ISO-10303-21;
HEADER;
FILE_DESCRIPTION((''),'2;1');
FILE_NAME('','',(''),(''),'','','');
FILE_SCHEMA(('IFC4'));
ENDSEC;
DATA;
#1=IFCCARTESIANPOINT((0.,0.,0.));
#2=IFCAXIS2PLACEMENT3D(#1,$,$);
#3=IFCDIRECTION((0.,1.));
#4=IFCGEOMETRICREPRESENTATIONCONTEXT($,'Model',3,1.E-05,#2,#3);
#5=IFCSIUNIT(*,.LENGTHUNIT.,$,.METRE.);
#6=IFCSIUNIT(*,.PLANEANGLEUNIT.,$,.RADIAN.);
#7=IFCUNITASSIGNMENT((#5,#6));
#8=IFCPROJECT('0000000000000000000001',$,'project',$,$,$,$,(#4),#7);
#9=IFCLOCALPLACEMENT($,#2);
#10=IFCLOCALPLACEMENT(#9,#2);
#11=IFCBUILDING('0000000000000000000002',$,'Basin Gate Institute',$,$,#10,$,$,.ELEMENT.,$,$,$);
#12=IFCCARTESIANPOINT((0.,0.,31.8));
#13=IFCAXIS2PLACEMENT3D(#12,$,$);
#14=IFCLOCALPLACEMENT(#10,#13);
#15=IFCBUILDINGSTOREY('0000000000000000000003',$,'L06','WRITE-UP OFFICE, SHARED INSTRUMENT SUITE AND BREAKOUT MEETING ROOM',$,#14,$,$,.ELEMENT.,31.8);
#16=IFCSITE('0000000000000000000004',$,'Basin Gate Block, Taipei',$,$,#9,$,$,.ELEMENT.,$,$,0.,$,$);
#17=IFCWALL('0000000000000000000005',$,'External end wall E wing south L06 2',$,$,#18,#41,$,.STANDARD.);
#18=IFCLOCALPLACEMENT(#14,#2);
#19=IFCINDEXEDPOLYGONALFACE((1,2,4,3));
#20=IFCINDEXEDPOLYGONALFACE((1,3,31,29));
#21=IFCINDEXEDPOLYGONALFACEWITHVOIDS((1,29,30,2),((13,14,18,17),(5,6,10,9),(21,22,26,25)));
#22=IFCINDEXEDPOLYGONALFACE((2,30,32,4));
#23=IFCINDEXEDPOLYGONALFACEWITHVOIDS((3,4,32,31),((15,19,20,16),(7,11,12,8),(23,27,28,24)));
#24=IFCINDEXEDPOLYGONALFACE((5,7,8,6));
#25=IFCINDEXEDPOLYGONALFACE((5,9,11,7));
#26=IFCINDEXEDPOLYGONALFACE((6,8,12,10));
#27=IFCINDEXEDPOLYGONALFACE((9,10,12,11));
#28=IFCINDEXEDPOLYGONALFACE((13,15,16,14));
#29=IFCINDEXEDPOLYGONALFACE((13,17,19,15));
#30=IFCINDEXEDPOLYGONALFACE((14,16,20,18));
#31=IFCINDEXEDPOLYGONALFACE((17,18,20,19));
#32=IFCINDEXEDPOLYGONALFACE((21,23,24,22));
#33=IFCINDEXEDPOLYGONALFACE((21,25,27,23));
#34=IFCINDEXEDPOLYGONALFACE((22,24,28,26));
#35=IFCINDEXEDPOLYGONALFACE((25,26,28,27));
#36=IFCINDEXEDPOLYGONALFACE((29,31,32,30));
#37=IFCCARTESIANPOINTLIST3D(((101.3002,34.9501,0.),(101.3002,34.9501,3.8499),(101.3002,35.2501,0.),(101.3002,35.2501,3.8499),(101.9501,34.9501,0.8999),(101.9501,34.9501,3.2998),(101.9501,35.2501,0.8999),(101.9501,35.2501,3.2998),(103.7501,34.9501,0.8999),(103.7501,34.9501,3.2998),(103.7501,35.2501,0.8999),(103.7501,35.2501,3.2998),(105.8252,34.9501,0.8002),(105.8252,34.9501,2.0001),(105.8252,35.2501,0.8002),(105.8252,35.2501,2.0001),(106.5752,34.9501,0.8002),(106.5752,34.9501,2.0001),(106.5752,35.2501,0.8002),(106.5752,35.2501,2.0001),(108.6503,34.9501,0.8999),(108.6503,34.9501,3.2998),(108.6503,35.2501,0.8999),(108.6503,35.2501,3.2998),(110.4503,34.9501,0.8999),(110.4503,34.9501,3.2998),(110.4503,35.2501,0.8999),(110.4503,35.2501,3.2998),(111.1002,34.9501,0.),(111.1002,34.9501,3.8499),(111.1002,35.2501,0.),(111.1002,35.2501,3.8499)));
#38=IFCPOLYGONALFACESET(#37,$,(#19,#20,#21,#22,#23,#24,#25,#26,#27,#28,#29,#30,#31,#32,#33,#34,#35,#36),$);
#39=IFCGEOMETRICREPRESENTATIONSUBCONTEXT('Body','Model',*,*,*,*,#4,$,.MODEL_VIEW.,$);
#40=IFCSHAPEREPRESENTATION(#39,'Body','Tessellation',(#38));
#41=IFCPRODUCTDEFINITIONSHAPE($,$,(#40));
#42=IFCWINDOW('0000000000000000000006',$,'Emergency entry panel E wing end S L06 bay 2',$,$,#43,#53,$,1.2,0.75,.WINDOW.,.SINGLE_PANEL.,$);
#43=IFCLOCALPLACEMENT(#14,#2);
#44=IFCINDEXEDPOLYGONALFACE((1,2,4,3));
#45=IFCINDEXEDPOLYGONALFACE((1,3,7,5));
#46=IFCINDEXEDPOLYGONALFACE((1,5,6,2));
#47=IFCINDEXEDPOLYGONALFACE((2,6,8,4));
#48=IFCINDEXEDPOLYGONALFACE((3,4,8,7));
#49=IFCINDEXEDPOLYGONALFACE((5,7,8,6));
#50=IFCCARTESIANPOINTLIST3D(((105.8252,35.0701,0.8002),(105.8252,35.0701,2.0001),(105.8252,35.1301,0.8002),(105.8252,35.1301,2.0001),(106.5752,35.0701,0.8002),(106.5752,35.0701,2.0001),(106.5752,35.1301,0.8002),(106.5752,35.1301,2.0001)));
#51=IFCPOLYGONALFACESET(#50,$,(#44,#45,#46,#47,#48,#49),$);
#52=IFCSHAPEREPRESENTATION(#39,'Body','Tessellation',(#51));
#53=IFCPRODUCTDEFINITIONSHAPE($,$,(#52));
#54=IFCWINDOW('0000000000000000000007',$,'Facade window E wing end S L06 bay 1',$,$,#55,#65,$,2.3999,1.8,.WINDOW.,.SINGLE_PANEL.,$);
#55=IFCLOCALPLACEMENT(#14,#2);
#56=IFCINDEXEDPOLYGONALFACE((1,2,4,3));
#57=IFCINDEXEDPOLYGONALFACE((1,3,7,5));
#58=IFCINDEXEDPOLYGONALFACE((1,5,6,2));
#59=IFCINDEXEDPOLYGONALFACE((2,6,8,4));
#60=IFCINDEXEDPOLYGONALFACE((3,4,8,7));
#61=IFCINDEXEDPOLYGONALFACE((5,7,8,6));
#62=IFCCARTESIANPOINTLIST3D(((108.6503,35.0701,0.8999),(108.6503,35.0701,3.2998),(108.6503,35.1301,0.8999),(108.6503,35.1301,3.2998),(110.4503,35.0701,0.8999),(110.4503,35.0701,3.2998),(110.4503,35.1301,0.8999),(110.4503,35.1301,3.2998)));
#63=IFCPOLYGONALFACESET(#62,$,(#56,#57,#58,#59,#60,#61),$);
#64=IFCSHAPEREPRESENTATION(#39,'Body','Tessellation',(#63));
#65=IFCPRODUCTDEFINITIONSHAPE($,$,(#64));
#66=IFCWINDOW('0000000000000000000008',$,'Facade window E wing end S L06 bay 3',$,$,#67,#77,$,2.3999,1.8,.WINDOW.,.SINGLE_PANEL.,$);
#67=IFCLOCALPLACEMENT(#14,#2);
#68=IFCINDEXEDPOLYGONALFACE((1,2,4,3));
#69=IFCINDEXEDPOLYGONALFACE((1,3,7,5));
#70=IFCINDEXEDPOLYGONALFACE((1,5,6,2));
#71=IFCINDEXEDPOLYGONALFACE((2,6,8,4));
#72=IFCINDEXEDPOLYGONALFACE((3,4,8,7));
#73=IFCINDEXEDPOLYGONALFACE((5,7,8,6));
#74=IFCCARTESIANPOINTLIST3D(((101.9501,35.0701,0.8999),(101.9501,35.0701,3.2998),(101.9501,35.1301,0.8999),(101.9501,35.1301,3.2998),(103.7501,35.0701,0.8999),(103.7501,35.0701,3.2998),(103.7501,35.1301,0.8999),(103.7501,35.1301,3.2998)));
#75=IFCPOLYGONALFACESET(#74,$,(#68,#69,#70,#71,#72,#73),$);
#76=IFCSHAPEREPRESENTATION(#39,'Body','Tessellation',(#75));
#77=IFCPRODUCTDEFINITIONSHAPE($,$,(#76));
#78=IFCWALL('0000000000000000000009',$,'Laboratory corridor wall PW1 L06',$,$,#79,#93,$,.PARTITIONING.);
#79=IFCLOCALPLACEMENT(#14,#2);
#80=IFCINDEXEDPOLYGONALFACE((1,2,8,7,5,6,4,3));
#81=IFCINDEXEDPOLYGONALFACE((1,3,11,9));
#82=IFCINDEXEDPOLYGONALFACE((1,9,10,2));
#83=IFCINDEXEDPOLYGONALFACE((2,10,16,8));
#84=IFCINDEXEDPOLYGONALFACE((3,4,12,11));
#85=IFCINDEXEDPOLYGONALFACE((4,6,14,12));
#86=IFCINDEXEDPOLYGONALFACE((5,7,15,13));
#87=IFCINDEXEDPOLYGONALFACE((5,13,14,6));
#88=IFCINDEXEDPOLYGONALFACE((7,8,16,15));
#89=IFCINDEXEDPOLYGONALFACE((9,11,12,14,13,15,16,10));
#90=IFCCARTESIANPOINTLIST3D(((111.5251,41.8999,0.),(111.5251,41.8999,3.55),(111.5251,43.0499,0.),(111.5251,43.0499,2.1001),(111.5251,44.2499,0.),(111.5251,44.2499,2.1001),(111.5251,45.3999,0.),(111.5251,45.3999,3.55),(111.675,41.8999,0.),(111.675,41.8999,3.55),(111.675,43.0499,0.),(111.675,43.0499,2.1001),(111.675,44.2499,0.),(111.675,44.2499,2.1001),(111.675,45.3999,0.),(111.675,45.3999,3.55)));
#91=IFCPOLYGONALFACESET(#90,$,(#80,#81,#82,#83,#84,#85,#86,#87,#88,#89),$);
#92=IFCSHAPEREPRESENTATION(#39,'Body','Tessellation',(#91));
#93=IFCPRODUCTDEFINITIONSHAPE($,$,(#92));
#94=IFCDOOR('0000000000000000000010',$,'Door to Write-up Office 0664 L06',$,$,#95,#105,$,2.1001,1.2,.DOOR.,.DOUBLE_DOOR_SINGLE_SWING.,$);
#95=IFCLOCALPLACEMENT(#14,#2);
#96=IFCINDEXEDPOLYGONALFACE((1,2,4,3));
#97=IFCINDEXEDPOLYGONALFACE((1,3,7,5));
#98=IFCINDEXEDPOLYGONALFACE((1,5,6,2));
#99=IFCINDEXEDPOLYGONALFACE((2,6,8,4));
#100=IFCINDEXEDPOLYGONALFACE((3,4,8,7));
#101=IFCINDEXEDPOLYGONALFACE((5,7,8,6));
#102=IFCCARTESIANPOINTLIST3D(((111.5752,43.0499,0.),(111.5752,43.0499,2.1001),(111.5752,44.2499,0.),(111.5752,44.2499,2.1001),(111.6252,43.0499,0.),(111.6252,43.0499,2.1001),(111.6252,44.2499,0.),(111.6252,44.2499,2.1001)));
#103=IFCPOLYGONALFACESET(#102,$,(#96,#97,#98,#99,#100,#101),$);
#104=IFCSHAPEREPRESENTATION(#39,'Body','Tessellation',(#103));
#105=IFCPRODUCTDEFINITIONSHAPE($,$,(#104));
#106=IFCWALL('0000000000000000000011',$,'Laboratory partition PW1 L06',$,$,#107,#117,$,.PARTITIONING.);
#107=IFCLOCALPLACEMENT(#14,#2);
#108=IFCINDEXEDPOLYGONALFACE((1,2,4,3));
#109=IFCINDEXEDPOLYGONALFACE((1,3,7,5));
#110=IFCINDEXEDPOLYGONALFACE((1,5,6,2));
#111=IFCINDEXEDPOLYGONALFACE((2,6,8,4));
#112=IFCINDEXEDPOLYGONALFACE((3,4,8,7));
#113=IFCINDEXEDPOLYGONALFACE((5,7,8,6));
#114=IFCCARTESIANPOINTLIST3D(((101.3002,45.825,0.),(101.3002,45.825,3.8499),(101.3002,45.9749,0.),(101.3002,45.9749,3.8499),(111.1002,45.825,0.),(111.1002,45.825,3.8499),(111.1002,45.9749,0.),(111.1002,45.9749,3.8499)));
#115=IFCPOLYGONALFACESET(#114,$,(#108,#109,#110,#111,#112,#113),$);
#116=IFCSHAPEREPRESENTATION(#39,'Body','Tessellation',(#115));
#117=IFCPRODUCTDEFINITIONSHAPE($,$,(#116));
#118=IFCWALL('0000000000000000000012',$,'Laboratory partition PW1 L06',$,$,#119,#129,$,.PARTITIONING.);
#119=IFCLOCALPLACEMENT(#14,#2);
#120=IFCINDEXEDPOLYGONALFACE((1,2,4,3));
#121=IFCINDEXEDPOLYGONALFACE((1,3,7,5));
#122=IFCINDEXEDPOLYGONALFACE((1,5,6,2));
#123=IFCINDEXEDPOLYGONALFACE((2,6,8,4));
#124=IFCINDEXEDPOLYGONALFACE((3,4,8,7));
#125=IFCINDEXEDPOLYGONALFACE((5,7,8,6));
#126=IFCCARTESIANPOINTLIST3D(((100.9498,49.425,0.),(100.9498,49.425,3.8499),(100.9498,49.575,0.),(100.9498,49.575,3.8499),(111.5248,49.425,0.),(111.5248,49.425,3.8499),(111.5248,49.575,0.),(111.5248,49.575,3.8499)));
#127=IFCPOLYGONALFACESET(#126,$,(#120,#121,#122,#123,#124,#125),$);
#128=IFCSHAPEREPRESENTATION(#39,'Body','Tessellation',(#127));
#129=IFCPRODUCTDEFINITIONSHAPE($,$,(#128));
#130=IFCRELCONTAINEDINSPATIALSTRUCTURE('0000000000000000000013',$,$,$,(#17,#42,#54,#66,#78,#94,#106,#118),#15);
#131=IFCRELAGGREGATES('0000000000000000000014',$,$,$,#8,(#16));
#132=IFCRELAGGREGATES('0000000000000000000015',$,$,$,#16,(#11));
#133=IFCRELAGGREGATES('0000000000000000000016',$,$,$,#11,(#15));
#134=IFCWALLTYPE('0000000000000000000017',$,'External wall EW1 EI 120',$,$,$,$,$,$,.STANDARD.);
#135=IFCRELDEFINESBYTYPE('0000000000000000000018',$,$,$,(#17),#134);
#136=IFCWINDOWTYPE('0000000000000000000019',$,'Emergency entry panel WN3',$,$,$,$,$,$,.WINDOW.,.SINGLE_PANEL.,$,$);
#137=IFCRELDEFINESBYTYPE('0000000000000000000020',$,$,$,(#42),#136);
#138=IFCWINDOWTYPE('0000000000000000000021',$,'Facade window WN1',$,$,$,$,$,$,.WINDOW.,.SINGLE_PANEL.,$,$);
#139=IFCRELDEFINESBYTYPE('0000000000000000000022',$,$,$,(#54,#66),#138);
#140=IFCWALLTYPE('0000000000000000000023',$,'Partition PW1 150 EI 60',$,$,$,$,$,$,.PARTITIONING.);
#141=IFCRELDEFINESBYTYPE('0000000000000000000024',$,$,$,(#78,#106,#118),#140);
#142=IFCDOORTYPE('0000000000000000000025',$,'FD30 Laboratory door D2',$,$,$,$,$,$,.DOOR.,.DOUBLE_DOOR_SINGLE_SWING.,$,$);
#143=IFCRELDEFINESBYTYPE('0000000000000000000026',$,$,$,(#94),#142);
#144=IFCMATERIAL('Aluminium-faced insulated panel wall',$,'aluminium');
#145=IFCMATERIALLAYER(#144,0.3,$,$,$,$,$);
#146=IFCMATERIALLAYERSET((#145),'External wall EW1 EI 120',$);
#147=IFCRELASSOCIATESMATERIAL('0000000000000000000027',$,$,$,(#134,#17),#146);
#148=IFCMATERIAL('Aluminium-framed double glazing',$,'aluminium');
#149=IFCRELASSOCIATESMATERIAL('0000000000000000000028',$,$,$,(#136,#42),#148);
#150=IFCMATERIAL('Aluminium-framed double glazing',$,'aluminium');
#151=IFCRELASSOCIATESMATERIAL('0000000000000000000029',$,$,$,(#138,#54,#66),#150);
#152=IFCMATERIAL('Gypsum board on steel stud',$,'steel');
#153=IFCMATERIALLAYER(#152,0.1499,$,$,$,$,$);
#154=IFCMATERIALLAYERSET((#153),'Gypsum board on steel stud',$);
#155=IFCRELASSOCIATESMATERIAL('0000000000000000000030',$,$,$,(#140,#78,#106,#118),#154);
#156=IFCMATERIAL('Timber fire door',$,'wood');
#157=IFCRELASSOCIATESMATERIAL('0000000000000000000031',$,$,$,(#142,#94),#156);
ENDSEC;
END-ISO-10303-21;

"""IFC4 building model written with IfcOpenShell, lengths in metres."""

from ifc_helpers import new_model, si_unit, direction, frame, frame_2d, origin, place, context, subcontext, project, spatial, rectangle, extrude, material, layer, layer_set, type_object, element, fill, save


model = new_model("IFC4")

# Units and contexts
model_context = context("Model", 3, precision=1e-05, world=origin(), true_north=direction((0.0, 1.0)))
body_context = subcontext(model_context, "Body", "Model", "MODEL_VIEW")
ifc_project = project(units=[si_unit("LENGTHUNIT", "METRE"), si_unit("PLANEANGLEUNIT", "RADIAN")], contexts=[model_context])

# Site, building, storey
site_placement = place(None, origin())
site = spatial("IfcSite", under=ifc_project, at=site_placement, Name="Basin Gate Block, Taipei", CompositionType="ELEMENT", RefElevation=0.0)
building_placement = place(site_placement, origin())
building = spatial("IfcBuilding", under=site, at=building_placement, Name="Basin Gate Institute", CompositionType="ELEMENT")
storey_placement = place(building_placement, frame((0.0, 0.0, 31.8)))
storey = spatial("IfcBuildingStorey", under=building, at=storey_placement, Name="L06", Description="WRITE-UP OFFICE, SHARED INSTRUMENT SUITE AND BREAKOUT MEETING ROOM", CompositionType="ELEMENT", Elevation=31.8)

# Wall, openings, windows
ifc_material_1 = material(Name="Aluminium-faced insulated panel wall", Category="aluminium")
ifc_layer_1 = layer(ifc_material_1, 0.3)
ifc_layer_set_1 = layer_set([ifc_layer_1], Name="External wall EW1 EI 120")
wall_type_1 = type_object("IfcWallType", Name="External wall EW1 EI 120", PredefinedType="STANDARD", material=ifc_layer_set_1)
wall_1_placement = place(storey_placement, frame((111.1001, 35.1001, 0.0), z_axis=(0.0, 0.0, 1.0), x_axis=(-1.0, 0.0, 0.0)))
wall_1 = element("IfcWall", 1, at=wall_1_placement, inside=storey, type_object=wall_type_1, material=ifc_layer_set_1, Name="External end wall E wing south L06 2", PredefinedType="STANDARD", context=body_context, shape_type="SweptSolid", body=[
    extrude(rectangle(XDim=9.8, YDim=0.3, at=frame_2d((4.8999, 0.0))), origin(), (0.0, 0.0, 1.0), 3.8499),
])
opening_1_placement = place(wall_1_placement, frame((0.6499, 0.0, 0.8999)))
opening_1 = element("IfcOpeningElement", 2, at=opening_1_placement, cuts=wall_1, PredefinedType="OPENING", context=body_context, shape_type="SweptSolid", body=[
    extrude(rectangle(XDim=1.8, YDim=2.3999, at=frame_2d((0.8999, 1.2))), frame((0.0, 0.1602, 0.0), z_axis=(0.0, -1.0, 0.0), x_axis=(1.0, 0.0, 0.0)), (0.0, 0.0, 1.0), 0.3201),
])
opening_2_placement = place(wall_1_placement, frame((4.5249, 0.0, 0.8)))
opening_2 = element("IfcOpeningElement", 3, at=opening_2_placement, cuts=wall_1, PredefinedType="OPENING", context=body_context, shape_type="SweptSolid", body=[
    extrude(rectangle(XDim=0.75, YDim=1.2, at=frame_2d((0.375, 0.6001))), frame((0.0, 0.1602, 0.0), z_axis=(0.0, -1.0, 0.0), x_axis=(1.0, 0.0, 0.0)), (0.0, 0.0, 1.0), 0.3201),
])
opening_3_placement = place(wall_1_placement, frame((7.3501, 0.0, 0.8999)))
opening_3 = element("IfcOpeningElement", 4, at=opening_3_placement, cuts=wall_1, PredefinedType="OPENING", context=body_context, shape_type="SweptSolid", body=[
    extrude(rectangle(XDim=1.8, YDim=2.3999, at=frame_2d((0.8999, 1.2))), frame((0.0, 0.1602, 0.0), z_axis=(0.0, -1.0, 0.0), x_axis=(1.0, 0.0, 0.0)), (0.0, 0.0, 1.0), 0.3201),
])
ifc_material_2 = material(Name="Aluminium-framed double glazing", Category="aluminium")
window_type_1 = type_object("IfcWindowType", Name="Emergency entry panel WN3", PartitioningType="SINGLE_PANEL", PredefinedType="WINDOW", material=ifc_material_2)
window_1_placement = place(opening_2_placement, origin())
window_1 = element("IfcWindow", 5, at=window_1_placement, inside=storey, type_object=window_type_1, material=ifc_material_2, Name="Emergency entry panel E wing end S L06 bay 2", OverallHeight=1.2, OverallWidth=0.75, PartitioningType="SINGLE_PANEL", PredefinedType="WINDOW", context=body_context, shape_type="SweptSolid", body=[
    extrude(rectangle(XDim=0.75, YDim=1.2, at=frame_2d((0.375, 0.6001))), frame((0.0, 0.03, 0.0), z_axis=(0.0, -1.0, 0.0), x_axis=(1.0, 0.0, 0.0)), (0.0, 0.0, 1.0), 0.0601),
])
fill(opening_2, window_1)
ifc_material_3 = material(Name="Aluminium-framed double glazing", Category="aluminium")
window_type_2 = type_object("IfcWindowType", Name="Facade window WN1", PartitioningType="SINGLE_PANEL", PredefinedType="WINDOW", material=ifc_material_3)
window_2_placement = place(opening_1_placement, origin())
window_2 = element("IfcWindow", 6, at=window_2_placement, inside=storey, type_object=window_type_2, material=ifc_material_3, Name="Facade window E wing end S L06 bay 1", OverallHeight=2.3999, OverallWidth=1.8, PartitioningType="SINGLE_PANEL", PredefinedType="WINDOW", context=body_context, shape_type="SweptSolid", body=[
    extrude(rectangle(XDim=1.8, YDim=2.3999, at=frame_2d((0.8999, 1.2))), frame((0.0, 0.03, 0.0), z_axis=(0.0, -1.0, 0.0), x_axis=(1.0, 0.0, 0.0)), (0.0, 0.0, 1.0), 0.0601),
])
fill(opening_1, window_2)
window_3_placement = place(opening_3_placement, origin())
window_3 = element("IfcWindow", 7, at=window_3_placement, inside=storey, type_object=window_type_2, material=ifc_material_3, Name="Facade window E wing end S L06 bay 3", OverallHeight=2.3999, OverallWidth=1.8, PartitioningType="SINGLE_PANEL", PredefinedType="WINDOW", context=body_context, shape_type="SweptSolid", body=[
    extrude(rectangle(XDim=1.8, YDim=2.3999, at=frame_2d((0.8999, 1.2))), frame((0.0, 0.03, 0.0), z_axis=(0.0, -1.0, 0.0), x_axis=(1.0, 0.0, 0.0)), (0.0, 0.0, 1.0), 0.0601),
])
fill(opening_3, window_3)

# Wall, opening, door
ifc_material_4 = material(Name="Gypsum board on steel stud", Category="steel")
ifc_layer_2 = layer(ifc_material_4, 0.1499)
ifc_layer_set_2 = layer_set([ifc_layer_2], Name="Gypsum board on steel stud")
wall_type_2 = type_object("IfcWallType", Name="Partition PW1 150 EI 60", PredefinedType="PARTITIONING", material=ifc_layer_set_2)
wall_2_placement = place(storey_placement, frame((111.6001, 41.8999, 0.0), z_axis=(0.0, 0.0, 1.0), x_axis=(0.0, 1.0, 0.0)))
wall_2 = element("IfcWall", 8, at=wall_2_placement, inside=storey, type_object=wall_type_2, material=ifc_layer_set_2, Name="Laboratory corridor wall PW1 L06", PredefinedType="PARTITIONING", context=body_context, shape_type="SweptSolid", body=[
    extrude(rectangle(XDim=3.5, YDim=0.1499, at=frame_2d((1.75, 0.0))), origin(), (0.0, 0.0, 1.0), 3.55),
])
opening_4_placement = place(wall_2_placement, frame((1.1499, 0.0, 0.0)))
opening_4 = element("IfcOpeningElement", 9, at=opening_4_placement, cuts=wall_2, PredefinedType="OPENING", context=body_context, shape_type="SweptSolid", body=[
    extrude(rectangle(XDim=1.2, YDim=2.1001, at=frame_2d((0.6001, 1.05))), frame((0.0, 0.085, 0.0), z_axis=(0.0, -1.0, 0.0), x_axis=(1.0, 0.0, 0.0)), (0.0, 0.0, 1.0), 0.1699),
])
ifc_material_5 = material(Name="Timber fire door", Category="wood")
door_type = type_object("IfcDoorType", Name="FD30 Laboratory door D2", OperationType="DOUBLE_DOOR_SINGLE_SWING", PredefinedType="DOOR", material=ifc_material_5)
door_placement = place(opening_4_placement, origin())
door = element("IfcDoor", 10, at=door_placement, inside=storey, type_object=door_type, material=ifc_material_5, Name="Door to Write-up Office 0664 L06", OperationType="DOUBLE_DOOR_SINGLE_SWING", OverallHeight=2.1001, OverallWidth=1.2, PredefinedType="DOOR", context=body_context, shape_type="SweptSolid", body=[
    extrude(rectangle(XDim=1.2, YDim=2.1001, at=frame_2d((0.6001, 1.05))), frame((0.0, 0.0249, 0.0), z_axis=(0.0, -1.0, 0.0), x_axis=(1.0, 0.0, 0.0)), (0.0, 0.0, 1.0), 0.05),
])
fill(opening_4, door)

# Walls
wall_3_placement = place(storey_placement, frame((111.1001, 45.8999, 0.0), z_axis=(0.0, 0.0, 1.0), x_axis=(-1.0, 0.0, 0.0)))
element("IfcWall", 11, at=wall_3_placement, inside=storey, type_object=wall_type_2, material=ifc_layer_set_2, Name="Laboratory partition PW1 L06", PredefinedType="PARTITIONING", context=body_context, shape_type="SweptSolid", body=[
    extrude(rectangle(XDim=9.8, YDim=0.1499, at=frame_2d((4.8999, 0.0))), origin(), (0.0, 0.0, 1.0), 3.8499),
])
wall_4_placement = place(storey_placement, frame((111.5249, 49.5, 0.0), z_axis=(0.0, 0.0, 1.0), x_axis=(-1.0, 0.0, 0.0)))
element("IfcWall", 12, at=wall_4_placement, inside=storey, type_object=wall_type_2, material=ifc_layer_set_2, Name="Laboratory partition PW1 L06", PredefinedType="PARTITIONING", context=body_context, shape_type="SweptSolid", body=[
    extrude(rectangle(XDim=10.575, YDim=0.1499, at=frame_2d((5.2876, 0.0))), origin(), (0.0, 0.0, 1.0), 3.8499),
])

save(model, "model.ifc")
